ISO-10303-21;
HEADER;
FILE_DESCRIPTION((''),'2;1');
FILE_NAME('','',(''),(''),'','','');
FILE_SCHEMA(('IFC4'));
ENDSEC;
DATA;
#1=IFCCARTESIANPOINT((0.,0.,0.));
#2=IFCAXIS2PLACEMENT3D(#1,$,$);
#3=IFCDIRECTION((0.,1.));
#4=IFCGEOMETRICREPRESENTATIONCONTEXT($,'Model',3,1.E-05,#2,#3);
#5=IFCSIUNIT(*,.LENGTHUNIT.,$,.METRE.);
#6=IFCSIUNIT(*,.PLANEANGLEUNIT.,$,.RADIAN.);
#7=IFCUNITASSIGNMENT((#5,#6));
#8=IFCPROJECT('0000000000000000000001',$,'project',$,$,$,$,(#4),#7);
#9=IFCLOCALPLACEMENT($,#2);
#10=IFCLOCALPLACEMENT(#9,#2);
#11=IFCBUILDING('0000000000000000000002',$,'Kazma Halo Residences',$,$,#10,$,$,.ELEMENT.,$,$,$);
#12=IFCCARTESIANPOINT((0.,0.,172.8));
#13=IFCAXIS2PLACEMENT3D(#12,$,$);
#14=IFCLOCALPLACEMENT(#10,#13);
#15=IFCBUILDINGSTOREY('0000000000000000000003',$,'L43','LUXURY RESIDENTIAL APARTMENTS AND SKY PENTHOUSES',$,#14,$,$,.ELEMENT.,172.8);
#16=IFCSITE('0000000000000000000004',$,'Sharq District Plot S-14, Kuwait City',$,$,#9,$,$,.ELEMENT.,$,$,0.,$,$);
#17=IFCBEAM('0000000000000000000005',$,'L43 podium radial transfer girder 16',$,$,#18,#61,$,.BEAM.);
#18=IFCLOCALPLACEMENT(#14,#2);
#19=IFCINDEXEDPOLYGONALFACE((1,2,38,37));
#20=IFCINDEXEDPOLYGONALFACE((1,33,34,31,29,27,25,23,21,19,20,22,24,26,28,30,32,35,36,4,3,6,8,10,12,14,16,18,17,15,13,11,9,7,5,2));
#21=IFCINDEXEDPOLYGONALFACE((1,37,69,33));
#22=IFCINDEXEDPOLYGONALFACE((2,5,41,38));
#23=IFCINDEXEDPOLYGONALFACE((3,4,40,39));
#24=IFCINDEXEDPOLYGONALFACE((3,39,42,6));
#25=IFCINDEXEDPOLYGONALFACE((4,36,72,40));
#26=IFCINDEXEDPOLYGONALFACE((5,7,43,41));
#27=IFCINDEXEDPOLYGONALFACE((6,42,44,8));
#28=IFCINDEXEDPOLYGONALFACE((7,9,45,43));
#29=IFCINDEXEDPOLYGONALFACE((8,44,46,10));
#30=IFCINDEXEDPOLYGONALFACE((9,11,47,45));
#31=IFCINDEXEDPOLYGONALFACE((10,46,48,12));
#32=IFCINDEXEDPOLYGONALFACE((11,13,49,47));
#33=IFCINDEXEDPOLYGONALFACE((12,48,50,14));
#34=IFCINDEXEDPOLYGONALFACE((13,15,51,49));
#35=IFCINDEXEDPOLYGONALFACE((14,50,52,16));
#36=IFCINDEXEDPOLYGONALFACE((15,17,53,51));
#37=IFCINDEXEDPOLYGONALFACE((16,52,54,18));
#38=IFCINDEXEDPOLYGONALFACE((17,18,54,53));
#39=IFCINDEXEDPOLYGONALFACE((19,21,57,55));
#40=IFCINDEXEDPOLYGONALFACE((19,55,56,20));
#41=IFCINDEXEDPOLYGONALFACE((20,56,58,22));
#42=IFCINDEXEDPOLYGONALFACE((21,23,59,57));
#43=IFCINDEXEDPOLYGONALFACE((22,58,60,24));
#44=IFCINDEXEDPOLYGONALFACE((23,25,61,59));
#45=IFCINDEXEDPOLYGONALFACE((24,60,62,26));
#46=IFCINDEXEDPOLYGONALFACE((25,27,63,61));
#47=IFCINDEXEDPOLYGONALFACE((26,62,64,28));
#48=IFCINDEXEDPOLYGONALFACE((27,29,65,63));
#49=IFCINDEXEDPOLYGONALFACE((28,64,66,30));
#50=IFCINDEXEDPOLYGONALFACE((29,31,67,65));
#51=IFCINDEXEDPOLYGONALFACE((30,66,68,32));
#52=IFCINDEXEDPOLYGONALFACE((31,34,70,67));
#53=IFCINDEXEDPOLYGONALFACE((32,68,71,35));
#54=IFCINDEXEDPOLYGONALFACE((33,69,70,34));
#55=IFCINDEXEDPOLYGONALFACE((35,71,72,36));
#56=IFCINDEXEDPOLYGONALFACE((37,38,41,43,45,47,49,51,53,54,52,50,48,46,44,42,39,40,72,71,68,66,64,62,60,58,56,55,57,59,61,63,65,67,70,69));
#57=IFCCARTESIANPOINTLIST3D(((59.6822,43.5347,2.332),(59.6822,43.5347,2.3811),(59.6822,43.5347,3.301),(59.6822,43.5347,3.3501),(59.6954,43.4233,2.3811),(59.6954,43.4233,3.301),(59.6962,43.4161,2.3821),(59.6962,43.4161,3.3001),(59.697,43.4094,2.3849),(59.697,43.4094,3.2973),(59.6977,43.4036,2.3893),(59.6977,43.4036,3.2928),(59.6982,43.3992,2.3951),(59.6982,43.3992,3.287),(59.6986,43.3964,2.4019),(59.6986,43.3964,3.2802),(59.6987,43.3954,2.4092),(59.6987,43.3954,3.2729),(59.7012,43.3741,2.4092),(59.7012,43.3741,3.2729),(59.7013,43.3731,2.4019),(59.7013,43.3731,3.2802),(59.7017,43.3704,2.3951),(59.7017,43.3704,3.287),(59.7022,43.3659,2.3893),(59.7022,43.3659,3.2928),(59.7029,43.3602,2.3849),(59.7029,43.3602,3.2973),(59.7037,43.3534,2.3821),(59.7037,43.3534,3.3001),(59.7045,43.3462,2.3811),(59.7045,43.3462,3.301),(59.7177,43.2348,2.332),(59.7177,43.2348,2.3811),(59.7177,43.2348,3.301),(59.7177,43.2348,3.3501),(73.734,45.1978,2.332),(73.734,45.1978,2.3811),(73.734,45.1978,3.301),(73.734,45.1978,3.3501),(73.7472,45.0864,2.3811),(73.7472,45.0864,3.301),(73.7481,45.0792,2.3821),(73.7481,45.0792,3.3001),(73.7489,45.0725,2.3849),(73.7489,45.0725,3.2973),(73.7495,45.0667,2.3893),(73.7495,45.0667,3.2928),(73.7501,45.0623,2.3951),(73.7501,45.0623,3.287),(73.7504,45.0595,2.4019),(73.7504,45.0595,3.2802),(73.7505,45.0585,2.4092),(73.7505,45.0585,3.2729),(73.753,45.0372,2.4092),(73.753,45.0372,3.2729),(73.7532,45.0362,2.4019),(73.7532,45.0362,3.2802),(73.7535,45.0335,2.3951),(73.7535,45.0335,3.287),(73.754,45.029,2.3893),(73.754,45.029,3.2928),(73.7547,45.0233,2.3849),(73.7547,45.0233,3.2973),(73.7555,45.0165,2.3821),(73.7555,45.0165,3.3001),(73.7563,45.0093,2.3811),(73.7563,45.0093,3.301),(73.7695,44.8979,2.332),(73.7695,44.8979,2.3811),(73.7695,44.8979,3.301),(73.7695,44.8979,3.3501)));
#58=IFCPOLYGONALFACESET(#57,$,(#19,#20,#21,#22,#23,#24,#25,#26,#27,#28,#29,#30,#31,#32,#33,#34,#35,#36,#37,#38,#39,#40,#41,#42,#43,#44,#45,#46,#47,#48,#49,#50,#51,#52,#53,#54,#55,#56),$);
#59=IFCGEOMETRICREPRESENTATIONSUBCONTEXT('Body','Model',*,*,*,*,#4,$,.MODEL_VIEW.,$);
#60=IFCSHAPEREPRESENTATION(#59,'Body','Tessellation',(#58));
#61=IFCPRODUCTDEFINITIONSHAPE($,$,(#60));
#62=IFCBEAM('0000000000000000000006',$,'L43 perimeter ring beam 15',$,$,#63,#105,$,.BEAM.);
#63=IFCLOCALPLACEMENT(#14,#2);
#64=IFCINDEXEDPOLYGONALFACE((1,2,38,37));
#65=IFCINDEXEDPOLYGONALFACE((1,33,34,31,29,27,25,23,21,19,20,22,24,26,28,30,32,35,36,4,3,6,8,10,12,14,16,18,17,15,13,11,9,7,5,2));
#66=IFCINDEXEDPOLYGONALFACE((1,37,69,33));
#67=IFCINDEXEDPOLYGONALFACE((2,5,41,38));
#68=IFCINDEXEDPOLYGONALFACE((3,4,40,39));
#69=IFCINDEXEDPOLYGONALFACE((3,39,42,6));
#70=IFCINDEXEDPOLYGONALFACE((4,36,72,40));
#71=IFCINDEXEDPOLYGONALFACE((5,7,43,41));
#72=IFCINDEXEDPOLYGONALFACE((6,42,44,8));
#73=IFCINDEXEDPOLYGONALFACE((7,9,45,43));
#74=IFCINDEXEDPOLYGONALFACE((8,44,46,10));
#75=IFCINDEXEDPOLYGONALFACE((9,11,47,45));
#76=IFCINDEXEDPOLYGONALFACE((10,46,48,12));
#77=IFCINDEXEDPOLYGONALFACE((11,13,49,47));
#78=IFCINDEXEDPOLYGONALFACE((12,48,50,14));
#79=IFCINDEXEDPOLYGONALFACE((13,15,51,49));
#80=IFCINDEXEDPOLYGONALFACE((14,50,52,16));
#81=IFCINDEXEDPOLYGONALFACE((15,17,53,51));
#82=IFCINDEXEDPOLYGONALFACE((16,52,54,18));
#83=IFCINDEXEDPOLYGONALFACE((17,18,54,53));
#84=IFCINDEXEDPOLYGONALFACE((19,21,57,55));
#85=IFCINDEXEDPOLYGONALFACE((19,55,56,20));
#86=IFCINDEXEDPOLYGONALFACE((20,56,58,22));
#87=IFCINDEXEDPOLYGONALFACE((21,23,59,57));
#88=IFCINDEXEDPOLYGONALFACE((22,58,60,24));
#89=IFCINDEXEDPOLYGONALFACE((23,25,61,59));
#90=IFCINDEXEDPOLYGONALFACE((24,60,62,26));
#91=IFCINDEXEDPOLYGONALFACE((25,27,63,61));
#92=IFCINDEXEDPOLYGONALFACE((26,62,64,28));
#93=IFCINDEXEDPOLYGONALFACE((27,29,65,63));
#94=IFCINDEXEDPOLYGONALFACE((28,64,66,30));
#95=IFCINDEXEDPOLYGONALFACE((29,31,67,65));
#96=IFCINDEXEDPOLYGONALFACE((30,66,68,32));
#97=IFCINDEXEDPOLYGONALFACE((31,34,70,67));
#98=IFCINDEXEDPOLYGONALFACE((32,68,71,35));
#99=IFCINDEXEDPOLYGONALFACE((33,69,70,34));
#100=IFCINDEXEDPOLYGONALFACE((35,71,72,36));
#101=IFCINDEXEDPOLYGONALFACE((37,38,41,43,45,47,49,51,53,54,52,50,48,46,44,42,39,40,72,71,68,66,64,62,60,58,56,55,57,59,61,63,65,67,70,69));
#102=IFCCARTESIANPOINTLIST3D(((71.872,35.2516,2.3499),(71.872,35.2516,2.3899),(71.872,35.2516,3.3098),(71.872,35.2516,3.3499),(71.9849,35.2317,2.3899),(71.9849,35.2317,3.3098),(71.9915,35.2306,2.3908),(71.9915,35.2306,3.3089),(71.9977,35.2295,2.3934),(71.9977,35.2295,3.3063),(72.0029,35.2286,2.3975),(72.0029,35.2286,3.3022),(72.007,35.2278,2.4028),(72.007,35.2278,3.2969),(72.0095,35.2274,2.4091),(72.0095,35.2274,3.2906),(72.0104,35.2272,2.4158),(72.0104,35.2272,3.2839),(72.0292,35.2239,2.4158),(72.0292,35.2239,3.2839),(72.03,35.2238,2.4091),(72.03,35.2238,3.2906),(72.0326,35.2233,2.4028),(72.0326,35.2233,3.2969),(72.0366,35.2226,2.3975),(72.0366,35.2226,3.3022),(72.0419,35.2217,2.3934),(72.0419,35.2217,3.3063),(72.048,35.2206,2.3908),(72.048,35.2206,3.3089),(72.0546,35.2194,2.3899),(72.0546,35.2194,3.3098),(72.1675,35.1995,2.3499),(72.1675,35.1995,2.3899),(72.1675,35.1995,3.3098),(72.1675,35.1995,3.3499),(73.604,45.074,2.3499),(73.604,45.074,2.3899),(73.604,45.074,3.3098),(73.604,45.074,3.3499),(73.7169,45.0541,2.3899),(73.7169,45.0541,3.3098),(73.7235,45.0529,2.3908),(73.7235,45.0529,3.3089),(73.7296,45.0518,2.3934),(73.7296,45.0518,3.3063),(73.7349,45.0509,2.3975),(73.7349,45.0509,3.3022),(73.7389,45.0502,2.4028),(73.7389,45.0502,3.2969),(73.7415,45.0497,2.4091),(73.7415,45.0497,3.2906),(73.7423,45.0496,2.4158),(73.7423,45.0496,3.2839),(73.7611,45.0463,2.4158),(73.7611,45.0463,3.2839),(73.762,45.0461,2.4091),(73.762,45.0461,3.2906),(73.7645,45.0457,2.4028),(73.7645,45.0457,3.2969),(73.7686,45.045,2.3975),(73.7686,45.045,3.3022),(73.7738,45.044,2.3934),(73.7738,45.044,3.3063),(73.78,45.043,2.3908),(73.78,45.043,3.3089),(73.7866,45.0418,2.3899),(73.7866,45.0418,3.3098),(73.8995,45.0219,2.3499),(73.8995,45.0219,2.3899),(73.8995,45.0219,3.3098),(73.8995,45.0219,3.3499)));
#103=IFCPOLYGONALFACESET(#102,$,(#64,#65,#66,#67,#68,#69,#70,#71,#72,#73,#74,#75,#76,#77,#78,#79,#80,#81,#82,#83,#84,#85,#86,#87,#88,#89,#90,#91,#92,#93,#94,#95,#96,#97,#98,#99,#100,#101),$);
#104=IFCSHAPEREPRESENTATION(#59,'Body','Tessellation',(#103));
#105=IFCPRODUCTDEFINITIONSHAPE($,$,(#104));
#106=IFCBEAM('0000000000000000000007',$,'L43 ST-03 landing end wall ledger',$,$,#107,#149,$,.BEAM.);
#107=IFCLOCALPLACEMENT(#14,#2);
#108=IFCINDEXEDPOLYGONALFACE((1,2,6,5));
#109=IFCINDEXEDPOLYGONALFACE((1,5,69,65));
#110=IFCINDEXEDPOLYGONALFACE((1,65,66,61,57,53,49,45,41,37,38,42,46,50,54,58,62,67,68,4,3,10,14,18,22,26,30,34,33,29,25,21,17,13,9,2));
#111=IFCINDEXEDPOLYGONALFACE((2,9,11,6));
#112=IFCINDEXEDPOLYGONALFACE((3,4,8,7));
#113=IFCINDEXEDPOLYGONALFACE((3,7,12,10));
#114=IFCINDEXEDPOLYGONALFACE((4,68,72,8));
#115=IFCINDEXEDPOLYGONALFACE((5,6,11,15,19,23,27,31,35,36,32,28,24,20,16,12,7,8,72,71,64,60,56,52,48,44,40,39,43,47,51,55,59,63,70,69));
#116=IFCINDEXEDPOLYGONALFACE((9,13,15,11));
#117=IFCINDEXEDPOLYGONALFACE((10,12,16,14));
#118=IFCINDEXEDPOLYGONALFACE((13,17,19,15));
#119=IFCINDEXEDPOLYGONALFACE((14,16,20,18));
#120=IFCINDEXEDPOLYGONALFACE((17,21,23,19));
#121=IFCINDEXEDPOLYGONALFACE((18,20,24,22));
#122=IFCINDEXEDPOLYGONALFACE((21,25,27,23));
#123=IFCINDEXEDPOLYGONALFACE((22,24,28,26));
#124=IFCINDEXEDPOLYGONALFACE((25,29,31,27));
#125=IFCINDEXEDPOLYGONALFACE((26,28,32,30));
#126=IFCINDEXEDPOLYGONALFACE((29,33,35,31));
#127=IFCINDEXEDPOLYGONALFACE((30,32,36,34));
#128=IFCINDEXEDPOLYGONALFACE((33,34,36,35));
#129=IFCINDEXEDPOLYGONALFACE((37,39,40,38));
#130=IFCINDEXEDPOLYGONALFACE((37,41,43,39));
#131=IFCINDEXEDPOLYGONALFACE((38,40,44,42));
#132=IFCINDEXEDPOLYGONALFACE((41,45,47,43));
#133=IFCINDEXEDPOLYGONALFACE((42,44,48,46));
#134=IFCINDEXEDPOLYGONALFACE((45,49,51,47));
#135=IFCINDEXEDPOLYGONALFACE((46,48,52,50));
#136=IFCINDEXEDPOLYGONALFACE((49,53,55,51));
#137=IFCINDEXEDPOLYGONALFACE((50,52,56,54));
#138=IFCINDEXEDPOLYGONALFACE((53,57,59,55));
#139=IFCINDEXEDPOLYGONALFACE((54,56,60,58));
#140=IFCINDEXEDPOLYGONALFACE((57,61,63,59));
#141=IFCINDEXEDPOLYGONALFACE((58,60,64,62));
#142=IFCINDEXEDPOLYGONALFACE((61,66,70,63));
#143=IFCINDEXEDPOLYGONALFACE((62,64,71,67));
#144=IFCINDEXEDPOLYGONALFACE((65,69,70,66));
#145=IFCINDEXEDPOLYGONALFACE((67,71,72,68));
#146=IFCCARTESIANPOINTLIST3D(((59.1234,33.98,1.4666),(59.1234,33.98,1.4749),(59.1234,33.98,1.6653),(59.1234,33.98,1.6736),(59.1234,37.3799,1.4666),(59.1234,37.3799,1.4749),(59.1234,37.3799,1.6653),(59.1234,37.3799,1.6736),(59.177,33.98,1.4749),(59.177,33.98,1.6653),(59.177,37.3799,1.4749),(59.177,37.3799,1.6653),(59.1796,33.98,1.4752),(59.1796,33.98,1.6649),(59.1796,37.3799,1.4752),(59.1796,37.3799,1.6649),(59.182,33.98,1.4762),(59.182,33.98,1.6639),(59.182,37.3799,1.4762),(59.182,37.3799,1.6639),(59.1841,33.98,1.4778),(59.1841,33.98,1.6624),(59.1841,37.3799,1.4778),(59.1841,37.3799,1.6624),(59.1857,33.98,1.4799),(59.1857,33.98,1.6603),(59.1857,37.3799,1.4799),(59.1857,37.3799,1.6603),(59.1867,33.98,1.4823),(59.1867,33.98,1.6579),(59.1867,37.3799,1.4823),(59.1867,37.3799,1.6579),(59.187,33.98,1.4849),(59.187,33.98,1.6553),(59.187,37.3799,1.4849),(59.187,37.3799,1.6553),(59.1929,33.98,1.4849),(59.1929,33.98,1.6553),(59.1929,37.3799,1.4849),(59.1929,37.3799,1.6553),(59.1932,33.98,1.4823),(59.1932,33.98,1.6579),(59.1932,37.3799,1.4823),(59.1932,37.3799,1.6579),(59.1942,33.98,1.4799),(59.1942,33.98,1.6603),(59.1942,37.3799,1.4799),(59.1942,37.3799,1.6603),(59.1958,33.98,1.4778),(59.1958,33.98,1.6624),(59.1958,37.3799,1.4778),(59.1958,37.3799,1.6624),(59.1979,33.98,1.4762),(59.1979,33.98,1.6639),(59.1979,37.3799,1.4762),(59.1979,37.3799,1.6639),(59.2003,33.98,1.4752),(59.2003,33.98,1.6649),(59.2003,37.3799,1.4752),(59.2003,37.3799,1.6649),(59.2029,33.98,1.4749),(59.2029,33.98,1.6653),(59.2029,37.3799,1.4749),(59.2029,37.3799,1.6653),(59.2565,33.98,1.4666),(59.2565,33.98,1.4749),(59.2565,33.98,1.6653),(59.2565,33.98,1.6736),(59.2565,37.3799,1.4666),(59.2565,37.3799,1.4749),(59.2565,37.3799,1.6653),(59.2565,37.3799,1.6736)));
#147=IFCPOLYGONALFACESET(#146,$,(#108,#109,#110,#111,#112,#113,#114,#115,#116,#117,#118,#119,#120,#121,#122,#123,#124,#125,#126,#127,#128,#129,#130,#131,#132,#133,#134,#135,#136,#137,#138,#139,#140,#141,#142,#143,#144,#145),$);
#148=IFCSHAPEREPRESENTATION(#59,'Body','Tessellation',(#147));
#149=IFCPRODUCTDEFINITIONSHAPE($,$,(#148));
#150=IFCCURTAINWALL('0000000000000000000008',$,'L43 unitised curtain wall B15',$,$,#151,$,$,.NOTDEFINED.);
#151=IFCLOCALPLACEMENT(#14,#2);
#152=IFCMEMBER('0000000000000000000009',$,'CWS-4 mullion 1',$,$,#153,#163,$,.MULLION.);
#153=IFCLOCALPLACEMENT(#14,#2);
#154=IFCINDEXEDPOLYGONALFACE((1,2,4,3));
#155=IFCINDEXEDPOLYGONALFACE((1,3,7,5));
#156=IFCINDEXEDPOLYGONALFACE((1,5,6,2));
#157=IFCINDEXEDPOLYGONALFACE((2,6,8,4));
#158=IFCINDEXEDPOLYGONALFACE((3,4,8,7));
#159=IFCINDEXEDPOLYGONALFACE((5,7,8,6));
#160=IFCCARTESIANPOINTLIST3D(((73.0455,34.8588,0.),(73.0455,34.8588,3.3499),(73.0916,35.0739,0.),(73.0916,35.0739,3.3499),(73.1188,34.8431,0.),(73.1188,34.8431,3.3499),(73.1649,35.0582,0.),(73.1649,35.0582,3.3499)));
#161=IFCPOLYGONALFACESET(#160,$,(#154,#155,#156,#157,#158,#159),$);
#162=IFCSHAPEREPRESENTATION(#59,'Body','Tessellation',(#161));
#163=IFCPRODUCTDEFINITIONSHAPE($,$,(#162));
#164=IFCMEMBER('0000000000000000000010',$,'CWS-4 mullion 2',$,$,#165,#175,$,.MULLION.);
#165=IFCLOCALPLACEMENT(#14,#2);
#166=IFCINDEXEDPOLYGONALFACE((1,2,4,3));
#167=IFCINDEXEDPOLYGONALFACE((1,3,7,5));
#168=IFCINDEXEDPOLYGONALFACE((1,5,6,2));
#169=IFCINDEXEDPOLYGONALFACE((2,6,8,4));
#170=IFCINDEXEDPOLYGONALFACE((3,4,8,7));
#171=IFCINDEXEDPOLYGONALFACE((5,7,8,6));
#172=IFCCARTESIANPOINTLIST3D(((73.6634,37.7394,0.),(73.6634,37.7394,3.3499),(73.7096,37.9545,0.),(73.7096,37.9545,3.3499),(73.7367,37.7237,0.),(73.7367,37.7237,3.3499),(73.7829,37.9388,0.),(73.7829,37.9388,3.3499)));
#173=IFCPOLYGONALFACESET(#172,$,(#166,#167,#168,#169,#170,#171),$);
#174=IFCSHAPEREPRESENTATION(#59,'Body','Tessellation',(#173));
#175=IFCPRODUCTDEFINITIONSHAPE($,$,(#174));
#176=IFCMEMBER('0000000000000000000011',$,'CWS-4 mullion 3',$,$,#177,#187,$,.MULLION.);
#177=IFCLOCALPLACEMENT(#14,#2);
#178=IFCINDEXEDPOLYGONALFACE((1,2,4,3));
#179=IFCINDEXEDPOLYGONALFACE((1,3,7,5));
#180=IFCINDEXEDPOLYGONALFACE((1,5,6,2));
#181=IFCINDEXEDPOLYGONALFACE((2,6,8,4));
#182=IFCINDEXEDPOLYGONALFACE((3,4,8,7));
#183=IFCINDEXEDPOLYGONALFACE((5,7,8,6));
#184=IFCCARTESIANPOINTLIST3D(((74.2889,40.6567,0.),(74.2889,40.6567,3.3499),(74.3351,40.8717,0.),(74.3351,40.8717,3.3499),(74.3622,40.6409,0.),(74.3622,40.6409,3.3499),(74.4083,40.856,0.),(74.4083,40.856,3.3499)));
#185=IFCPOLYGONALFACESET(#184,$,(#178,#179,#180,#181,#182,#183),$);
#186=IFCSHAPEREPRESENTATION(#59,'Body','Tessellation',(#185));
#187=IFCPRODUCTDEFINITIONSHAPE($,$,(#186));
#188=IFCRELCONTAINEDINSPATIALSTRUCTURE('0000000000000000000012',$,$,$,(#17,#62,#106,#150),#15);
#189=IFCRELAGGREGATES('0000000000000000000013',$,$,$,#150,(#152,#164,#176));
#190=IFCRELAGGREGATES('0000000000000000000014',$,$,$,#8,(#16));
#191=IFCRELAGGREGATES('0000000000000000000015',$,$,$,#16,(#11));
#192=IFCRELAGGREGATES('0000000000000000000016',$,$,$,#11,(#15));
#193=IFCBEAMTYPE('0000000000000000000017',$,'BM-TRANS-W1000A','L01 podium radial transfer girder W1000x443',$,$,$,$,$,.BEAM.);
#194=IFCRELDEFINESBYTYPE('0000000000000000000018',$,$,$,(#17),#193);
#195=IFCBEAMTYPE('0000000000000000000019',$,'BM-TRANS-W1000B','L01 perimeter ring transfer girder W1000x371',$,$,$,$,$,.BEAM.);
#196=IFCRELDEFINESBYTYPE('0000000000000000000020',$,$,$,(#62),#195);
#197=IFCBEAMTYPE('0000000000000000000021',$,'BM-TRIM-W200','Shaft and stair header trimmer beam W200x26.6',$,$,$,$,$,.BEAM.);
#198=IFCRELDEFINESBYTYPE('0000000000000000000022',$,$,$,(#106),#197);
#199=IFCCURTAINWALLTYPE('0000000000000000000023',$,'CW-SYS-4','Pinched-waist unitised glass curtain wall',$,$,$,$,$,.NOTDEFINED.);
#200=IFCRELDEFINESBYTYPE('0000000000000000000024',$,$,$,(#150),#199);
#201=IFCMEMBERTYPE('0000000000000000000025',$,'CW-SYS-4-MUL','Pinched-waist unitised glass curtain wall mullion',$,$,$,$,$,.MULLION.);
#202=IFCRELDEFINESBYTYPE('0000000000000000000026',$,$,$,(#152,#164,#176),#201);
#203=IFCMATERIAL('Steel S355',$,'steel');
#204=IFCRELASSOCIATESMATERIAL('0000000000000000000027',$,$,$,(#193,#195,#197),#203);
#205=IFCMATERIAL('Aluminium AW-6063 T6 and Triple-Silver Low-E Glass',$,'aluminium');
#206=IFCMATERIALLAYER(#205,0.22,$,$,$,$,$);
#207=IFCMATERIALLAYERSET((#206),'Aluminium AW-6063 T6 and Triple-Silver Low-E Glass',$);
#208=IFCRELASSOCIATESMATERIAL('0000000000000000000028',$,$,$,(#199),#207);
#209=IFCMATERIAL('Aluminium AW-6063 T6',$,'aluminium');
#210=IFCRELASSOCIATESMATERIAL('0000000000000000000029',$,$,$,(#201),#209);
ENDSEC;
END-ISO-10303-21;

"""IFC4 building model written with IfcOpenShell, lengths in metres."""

from ifc_helpers import new_model, si_unit, direction, frame, origin, origin_2d, place, context, subcontext, project, spatial, rectangle, i_section, extrude, material, layer, layer_set, material_profile, profile_set, type_object, element, aggregate, save


model = new_model("IFC4")

# Units and contexts
model_context = context("Model", 3, precision=1e-05, world=origin(), true_north=direction((0.0, 1.0)))
body_context = subcontext(model_context, "Body", "Model", "MODEL_VIEW")
ifc_project = project(units=[si_unit("LENGTHUNIT", "METRE"), si_unit("PLANEANGLEUNIT", "RADIAN")], contexts=[model_context])

# Site, building, storey
site_placement = place(None, origin())
site = spatial("IfcSite", under=ifc_project, at=site_placement, Name="Sharq District Plot S-14, Kuwait City", CompositionType="ELEMENT", RefElevation=0.0)
building_placement = place(site_placement, origin())
building = spatial("IfcBuilding", under=site, at=building_placement, Name="Kazma Halo Residences", CompositionType="ELEMENT")
storey_placement = place(building_placement, frame((0.0, 0.0, 172.8)))
storey = spatial("IfcBuildingStorey", under=building, at=storey_placement, Name="L43", Description="LUXURY RESIDENTIAL APARTMENTS AND SKY PENTHOUSES", CompositionType="ELEMENT", Elevation=172.8)

# Beams
ifc_material_1 = material(Name="Steel S355", Category="steel")
ifc_material_profile_1 = material_profile(ifc_material_1, i_section(OverallWidth=0.302, OverallDepth=1.0181, WebThickness=0.0215, FlangeThickness=0.0491, FilletRadius=0.0281, at=origin_2d()), Name="W1000x443")
ifc_profile_set_1 = profile_set([ifc_material_profile_1], Name="Steel S355")
beam_type_1 = type_object("IfcBeamType", Name="BM-TRANS-W1000A", Description="L01 podium radial transfer girder W1000x443", PredefinedType="BEAM", material=ifc_profile_set_1)
beam_1_placement = place(storey_placement, frame((59.7, 43.3848, 2.8411), z_axis=(0.993069, 0.117534, 0.0), x_axis=(-0.117534, 0.993069, 0.0)))
element("IfcBeam", 1, at=beam_1_placement, inside=storey, type_object=beam_type_1, Name="L43 podium radial transfer girder 16", PredefinedType="BEAM", context=body_context, shape_type="SweptSolid", body=[
    extrude(i_section(OverallWidth=0.302, OverallDepth=1.0181, WebThickness=0.0215, FlangeThickness=0.0491, FilletRadius=0.0281, at=origin_2d()), origin(), (0.0, 0.0, 1.0), 14.1499),
])
ifc_material_profile_2 = material_profile(ifc_material_1, i_section(OverallWidth=0.3, OverallDepth=1.0, WebThickness=0.019, FlangeThickness=0.04, FilletRadius=0.0259, at=origin_2d()), Name="W1000x371")
ifc_profile_set_2 = profile_set([ifc_material_profile_2], Name="Steel S355")
beam_type_2 = type_object("IfcBeamType", Name="BM-TRANS-W1000B", Description="L01 perimeter ring transfer girder W1000x371", PredefinedType="BEAM", material=ifc_profile_set_2)
beam_2_placement = place(storey_placement, frame((72.0198, 35.2256, 2.8499), z_axis=(0.173648, 0.984808, 0.0), x_axis=(-0.984808, 0.173648, 0.0)))
element("IfcBeam", 2, at=beam_2_placement, inside=storey, type_object=beam_type_2, Name="L43 perimeter ring beam 15", PredefinedType="BEAM", context=body_context, shape_type="SweptSolid", body=[
    extrude(i_section(OverallWidth=0.3, OverallDepth=1.0, WebThickness=0.019, FlangeThickness=0.04, FilletRadius=0.0259, at=origin_2d()), origin(), (0.0, 0.0, 1.0), 9.9739),
])
ifc_material_profile_3 = material_profile(ifc_material_1, i_section(OverallWidth=0.1331, OverallDepth=0.207, WebThickness=0.0059, FlangeThickness=0.0083, FilletRadius=0.01, at=origin_2d()), Name="W200x26.6")
ifc_profile_set_3 = profile_set([ifc_material_profile_3], Name="Steel S355")
beam_type_3 = type_object("IfcBeamType", Name="BM-TRIM-W200", Description="Shaft and stair header trimmer beam W200x26.6", PredefinedType="BEAM", material=ifc_profile_set_3)
beam_3_placement = place(storey_placement, frame((59.1899, 33.98, 1.5701), z_axis=(0.0, 1.0, 0.0), x_axis=(-1.0, 0.0, 0.0)))
element("IfcBeam", 3, at=beam_3_placement, inside=storey, type_object=beam_type_3, Name="L43 ST-03 landing end wall ledger", PredefinedType="BEAM", context=body_context, shape_type="SweptSolid", body=[
    extrude(i_section(OverallWidth=0.1331, OverallDepth=0.207, WebThickness=0.0059, FlangeThickness=0.0083, FilletRadius=0.01, at=origin_2d()), origin(), (0.0, 0.0, 1.0), 3.3999),
])

# Curtain wall, members
ifc_material_2 = material(Name="Aluminium AW-6063 T6 and Triple-Silver Low-E Glass", Category="aluminium")
ifc_layer_1 = layer(ifc_material_2, 0.22)
ifc_layer_set_1 = layer_set([ifc_layer_1], Name="Aluminium AW-6063 T6 and Triple-Silver Low-E Glass")
curtain_wall_type = type_object("IfcCurtainWallType", Name="CW-SYS-4", Description="Pinched-waist unitised glass curtain wall", PredefinedType="NOTDEFINED", material=ifc_layer_set_1)
curtain_wall_placement = place(storey_placement, origin())
curtain_wall = element("IfcCurtainWall", 4, at=curtain_wall_placement, inside=storey, type_object=curtain_wall_type, Name="L43 unitised curtain wall B15", PredefinedType="NOTDEFINED")
ifc_material_3 = material(Name="Aluminium AW-6063 T6", Category="aluminium")
ifc_material_profile_4 = material_profile(ifc_material_3, rectangle(XDim=0.075, YDim=0.22, at=origin_2d()), Name="CWM-75x220")
ifc_profile_set_4 = profile_set([ifc_material_profile_4], Name="Aluminium AW-6063 T6")
member_type_1 = type_object("IfcMemberType", Name="CW-SYS-4-MUL", Description="Pinched-waist unitised glass curtain wall mullion", PredefinedType="MULLION", material=ifc_profile_set_4)
member_1_placement = place(storey_placement, frame((73.1052, 34.9585, 0.0), z_axis=(0.0, 0.0, 1.0), x_axis=(-0.977765, 0.209704, 0.0)))
member_1 = element("IfcMember", 5, at=member_1_placement, type_object=member_type_1, Name="CWS-4 mullion 1", PredefinedType="MULLION", context=body_context, shape_type="SweptSolid", body=[
    extrude(rectangle(XDim=0.075, YDim=0.22, at=origin_2d()), origin(), (0.0, 0.0, 1.0), 3.3499),
])
member_2_placement = place(storey_placement, frame((73.7231, 37.8391, 0.0), z_axis=(0.0, 0.0, 1.0), x_axis=(-0.977765, 0.209704, 0.0)))
member_2 = element("IfcMember", 6, at=member_2_placement, type_object=member_type_1, Name="CWS-4 mullion 2", PredefinedType="MULLION", context=body_context, shape_type="SweptSolid", body=[
    extrude(rectangle(XDim=0.075, YDim=0.22, at=origin_2d()), origin(), (0.0, 0.0, 1.0), 3.3499),
])
member_3_placement = place(storey_placement, frame((74.3486, 40.7563, 0.0), z_axis=(0.0, 0.0, 1.0), x_axis=(-0.977765, 0.209704, 0.0)))
member_3 = element("IfcMember", 7, at=member_3_placement, type_object=member_type_1, Name="CWS-4 mullion 3", PredefinedType="MULLION", context=body_context, shape_type="SweptSolid", body=[
    extrude(rectangle(XDim=0.075, YDim=0.22, at=origin_2d()), origin(), (0.0, 0.0, 1.0), 3.3499),
])
aggregate(curtain_wall, [member_1, member_2, member_3])

save(model, "model.ifc")
